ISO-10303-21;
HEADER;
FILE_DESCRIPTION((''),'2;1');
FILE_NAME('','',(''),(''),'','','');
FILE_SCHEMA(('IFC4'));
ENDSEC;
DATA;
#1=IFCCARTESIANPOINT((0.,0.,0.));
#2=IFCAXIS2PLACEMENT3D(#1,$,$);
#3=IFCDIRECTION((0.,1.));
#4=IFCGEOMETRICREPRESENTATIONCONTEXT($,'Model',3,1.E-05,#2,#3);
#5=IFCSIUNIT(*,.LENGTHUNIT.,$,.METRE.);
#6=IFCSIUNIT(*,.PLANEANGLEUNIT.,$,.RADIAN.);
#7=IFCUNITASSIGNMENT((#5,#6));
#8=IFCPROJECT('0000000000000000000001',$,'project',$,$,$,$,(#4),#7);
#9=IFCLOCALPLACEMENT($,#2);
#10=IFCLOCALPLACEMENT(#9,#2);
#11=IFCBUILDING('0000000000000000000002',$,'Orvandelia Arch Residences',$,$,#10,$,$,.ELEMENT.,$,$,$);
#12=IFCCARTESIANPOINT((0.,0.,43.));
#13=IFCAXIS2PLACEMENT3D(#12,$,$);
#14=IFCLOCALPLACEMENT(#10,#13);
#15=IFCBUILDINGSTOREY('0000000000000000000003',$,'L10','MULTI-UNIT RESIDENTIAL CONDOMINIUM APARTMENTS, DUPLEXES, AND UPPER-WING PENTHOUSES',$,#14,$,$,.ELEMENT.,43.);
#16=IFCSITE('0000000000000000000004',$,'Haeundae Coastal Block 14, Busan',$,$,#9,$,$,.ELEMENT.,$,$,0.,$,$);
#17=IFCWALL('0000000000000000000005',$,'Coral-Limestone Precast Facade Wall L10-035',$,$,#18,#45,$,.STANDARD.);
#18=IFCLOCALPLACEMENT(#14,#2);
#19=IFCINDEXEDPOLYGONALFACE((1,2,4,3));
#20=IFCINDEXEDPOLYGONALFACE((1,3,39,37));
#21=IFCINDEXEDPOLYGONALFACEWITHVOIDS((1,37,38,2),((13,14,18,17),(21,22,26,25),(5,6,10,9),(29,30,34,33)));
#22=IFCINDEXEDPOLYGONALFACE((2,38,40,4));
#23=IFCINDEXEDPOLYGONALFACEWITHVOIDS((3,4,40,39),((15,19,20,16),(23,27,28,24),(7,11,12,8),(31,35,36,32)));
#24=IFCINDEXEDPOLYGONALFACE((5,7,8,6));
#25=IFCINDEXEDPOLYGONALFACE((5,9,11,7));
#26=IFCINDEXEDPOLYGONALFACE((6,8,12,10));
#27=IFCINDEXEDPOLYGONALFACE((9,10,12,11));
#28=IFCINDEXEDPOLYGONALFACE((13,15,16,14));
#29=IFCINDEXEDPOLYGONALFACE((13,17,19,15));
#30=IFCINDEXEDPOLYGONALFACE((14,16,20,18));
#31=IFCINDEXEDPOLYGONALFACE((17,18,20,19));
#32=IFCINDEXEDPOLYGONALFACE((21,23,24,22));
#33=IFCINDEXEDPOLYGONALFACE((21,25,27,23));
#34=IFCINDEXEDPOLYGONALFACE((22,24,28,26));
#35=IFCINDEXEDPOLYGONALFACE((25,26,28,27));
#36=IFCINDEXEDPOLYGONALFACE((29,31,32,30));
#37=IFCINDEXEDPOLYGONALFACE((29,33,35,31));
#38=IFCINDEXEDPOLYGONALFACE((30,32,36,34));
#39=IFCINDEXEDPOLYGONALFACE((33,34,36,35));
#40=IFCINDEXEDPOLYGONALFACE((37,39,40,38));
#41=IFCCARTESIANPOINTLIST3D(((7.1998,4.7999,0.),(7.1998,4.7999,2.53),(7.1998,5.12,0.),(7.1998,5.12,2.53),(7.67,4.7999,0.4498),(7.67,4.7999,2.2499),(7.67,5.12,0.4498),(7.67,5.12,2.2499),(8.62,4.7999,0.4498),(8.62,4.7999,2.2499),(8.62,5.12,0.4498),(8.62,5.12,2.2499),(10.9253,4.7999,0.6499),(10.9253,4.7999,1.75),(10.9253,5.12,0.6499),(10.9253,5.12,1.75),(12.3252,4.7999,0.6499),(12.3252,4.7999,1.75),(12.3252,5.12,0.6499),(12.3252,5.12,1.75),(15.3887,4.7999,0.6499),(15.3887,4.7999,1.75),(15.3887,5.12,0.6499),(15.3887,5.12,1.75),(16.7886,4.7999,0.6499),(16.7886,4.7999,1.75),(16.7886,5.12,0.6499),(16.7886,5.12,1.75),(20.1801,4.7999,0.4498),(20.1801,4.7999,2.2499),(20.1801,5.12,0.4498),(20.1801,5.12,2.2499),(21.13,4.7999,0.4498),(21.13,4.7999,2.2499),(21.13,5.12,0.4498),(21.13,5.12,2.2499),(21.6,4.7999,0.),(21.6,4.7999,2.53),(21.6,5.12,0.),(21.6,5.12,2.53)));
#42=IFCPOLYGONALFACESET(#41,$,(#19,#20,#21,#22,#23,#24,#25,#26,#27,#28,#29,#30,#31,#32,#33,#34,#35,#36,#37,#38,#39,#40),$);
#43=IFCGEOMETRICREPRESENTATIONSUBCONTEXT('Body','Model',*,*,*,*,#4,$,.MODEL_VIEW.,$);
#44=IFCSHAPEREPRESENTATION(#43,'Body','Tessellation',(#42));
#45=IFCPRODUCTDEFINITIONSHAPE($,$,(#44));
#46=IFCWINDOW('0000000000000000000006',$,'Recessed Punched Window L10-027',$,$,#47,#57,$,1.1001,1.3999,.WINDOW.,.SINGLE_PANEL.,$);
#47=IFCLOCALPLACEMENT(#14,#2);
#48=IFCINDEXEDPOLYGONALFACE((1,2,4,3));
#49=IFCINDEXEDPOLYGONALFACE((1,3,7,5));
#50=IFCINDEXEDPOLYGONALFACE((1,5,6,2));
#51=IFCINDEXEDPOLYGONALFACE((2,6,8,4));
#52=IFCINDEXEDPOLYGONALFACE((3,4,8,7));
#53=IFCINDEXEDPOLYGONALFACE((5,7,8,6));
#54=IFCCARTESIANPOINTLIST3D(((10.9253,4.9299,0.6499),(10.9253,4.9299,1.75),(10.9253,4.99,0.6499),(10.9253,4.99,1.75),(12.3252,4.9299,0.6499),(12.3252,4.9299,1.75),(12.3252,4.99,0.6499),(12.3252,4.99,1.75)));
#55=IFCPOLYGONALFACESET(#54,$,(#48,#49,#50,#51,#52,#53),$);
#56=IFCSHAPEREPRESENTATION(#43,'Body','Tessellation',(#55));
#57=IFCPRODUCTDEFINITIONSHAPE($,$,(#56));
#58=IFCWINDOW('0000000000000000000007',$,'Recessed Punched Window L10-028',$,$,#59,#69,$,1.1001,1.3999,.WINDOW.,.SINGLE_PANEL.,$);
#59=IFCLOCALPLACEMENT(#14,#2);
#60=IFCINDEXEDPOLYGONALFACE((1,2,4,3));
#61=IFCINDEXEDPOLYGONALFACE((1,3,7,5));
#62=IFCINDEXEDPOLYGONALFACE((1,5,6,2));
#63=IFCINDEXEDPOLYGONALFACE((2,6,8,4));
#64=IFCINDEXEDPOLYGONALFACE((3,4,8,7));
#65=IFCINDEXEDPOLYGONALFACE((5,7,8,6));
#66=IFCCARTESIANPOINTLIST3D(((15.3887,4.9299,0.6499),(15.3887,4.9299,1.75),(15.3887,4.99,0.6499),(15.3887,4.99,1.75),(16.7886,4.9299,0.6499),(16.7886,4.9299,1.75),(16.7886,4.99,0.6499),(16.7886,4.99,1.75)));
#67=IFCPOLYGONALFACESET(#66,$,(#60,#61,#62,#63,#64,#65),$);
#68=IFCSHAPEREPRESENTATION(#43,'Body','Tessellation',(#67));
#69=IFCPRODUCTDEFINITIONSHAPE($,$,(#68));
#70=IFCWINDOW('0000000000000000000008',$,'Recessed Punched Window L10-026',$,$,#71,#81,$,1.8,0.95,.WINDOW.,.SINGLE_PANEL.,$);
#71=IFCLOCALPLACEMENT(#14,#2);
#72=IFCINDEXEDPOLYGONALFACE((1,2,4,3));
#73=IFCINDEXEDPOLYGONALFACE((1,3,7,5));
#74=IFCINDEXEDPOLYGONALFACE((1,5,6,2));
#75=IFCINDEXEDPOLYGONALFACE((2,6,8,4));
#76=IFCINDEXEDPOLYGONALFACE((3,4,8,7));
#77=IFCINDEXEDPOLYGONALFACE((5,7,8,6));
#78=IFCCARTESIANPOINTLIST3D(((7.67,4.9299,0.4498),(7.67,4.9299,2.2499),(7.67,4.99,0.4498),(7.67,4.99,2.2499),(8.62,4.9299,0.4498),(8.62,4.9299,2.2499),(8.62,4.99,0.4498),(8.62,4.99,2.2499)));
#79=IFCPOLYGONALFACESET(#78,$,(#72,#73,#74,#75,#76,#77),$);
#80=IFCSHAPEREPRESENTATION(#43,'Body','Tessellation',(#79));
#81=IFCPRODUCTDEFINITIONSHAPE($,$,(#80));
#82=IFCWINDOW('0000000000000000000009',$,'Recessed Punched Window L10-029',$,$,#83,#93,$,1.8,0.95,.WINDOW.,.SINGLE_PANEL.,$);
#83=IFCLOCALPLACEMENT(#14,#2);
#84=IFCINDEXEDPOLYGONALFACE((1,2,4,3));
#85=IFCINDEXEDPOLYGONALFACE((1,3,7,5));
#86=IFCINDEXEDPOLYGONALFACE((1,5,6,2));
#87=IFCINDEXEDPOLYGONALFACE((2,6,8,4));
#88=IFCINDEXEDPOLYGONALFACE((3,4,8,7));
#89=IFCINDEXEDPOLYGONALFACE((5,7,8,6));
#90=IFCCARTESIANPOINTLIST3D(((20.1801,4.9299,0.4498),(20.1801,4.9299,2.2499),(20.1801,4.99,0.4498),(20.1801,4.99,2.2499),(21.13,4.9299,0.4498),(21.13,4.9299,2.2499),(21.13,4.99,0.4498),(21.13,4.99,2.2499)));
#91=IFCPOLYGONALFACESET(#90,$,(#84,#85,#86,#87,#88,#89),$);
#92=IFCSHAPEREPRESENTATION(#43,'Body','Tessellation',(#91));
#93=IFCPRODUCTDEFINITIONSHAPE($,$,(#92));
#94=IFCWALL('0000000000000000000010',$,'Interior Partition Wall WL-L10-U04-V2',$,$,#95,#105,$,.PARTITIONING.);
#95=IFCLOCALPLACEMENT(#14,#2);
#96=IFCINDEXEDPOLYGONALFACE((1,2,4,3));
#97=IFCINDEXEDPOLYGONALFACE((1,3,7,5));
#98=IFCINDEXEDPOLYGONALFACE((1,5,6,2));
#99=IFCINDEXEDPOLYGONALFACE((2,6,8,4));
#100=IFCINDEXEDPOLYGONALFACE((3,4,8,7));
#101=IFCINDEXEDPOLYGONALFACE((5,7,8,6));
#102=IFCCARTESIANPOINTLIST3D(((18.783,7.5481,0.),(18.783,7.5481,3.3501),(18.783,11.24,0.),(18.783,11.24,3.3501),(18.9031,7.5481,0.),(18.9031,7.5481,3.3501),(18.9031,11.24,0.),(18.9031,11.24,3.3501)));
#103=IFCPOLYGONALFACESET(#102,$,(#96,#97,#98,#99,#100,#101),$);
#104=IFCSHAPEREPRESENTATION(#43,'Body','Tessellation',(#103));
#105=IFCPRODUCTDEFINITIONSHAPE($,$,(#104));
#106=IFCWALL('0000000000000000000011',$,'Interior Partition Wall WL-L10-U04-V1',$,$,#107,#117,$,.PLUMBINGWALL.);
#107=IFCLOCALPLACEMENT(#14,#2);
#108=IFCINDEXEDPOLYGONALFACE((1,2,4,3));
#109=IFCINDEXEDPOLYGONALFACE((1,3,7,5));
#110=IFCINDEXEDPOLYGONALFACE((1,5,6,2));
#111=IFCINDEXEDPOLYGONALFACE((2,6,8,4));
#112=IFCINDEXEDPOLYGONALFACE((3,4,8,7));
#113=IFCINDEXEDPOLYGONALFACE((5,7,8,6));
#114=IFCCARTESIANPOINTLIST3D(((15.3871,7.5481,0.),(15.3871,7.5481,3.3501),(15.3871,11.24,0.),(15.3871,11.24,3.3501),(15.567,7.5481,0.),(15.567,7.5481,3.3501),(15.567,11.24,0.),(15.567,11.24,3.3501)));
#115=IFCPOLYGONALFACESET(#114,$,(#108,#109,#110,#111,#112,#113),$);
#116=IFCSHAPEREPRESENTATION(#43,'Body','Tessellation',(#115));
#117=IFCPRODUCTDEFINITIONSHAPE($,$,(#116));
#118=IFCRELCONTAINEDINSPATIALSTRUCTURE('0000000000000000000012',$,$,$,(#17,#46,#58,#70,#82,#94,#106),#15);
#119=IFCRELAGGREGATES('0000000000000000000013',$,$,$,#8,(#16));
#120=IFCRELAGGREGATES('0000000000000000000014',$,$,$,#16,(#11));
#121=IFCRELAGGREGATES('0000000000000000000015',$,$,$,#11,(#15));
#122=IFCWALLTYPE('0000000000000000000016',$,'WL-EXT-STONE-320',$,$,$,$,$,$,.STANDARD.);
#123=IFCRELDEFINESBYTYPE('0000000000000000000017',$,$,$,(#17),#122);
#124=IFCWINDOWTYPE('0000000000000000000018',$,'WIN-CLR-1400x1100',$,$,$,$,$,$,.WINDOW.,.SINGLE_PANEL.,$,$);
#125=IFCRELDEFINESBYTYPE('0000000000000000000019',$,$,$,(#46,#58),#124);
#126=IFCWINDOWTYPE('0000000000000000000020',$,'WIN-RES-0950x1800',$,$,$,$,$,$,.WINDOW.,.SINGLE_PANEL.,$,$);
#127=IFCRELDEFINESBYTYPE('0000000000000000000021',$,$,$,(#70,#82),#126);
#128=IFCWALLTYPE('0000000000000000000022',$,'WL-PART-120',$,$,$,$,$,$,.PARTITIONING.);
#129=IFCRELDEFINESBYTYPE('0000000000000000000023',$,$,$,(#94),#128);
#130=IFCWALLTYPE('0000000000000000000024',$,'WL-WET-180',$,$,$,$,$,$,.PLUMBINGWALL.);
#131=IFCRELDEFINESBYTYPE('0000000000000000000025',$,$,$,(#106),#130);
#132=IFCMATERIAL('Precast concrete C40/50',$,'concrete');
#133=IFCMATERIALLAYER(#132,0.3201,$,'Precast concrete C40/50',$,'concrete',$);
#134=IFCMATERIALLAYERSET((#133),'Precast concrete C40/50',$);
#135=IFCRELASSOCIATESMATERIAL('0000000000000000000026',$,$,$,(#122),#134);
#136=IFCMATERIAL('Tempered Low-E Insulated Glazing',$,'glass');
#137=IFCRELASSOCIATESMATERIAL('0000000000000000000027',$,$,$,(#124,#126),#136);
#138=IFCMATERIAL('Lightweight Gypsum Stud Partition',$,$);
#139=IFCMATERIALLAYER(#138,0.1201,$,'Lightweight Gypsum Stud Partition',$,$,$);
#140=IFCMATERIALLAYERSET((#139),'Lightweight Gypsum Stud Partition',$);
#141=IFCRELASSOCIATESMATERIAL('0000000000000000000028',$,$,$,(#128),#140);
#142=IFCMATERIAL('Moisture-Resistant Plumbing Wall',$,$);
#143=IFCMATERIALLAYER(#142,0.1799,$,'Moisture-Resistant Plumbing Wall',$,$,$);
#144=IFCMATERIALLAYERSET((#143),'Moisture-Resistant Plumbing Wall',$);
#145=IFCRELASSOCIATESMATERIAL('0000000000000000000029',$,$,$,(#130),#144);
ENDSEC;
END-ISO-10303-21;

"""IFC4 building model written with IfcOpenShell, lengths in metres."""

from ifc_helpers import new_model, si_unit, direction, frame, frame_2d, origin, place, context, subcontext, project, spatial, rectangle, extrude, material, layer, layer_set, type_object, element, fill, save


model = new_model("IFC4")

# Units and contexts
model_context = context("Model", 3, precision=1e-05, world=origin(), true_north=direction((0.0, 1.0)))
body_context = subcontext(model_context, "Body", "Model", "MODEL_VIEW")
ifc_project = project(units=[si_unit("LENGTHUNIT", "METRE"), si_unit("PLANEANGLEUNIT", "RADIAN")], contexts=[model_context])

# Site, building, storey
site_placement = place(None, origin())
site = spatial("IfcSite", under=ifc_project, at=site_placement, Name="Haeundae Coastal Block 14, Busan", CompositionType="ELEMENT", RefElevation=0.0)
building_placement = place(site_placement, origin())
building = spatial("IfcBuilding", under=site, at=building_placement, Name="Orvandelia Arch Residences", CompositionType="ELEMENT")
storey_placement = place(building_placement, frame((0.0, 0.0, 43.0)))
storey = spatial("IfcBuildingStorey", under=building, at=storey_placement, Name="L10", Description="MULTI-UNIT RESIDENTIAL CONDOMINIUM APARTMENTS, DUPLEXES, AND UPPER-WING PENTHOUSES", CompositionType="ELEMENT", Elevation=43.0)

# Shared definitions
ifc_material_1 = material(Name="Precast concrete C40/50", Category="concrete")
ifc_layer_1 = layer(ifc_material_1, 0.3201, Name="Precast concrete C40/50", Category="concrete")
ifc_layer_set_1 = layer_set([ifc_layer_1], Name="Precast concrete C40/50")
wall_type_1 = type_object("IfcWallType", Name="WL-EXT-STONE-320", PredefinedType="STANDARD", material=ifc_layer_set_1)

# Wall, openings, windows
wall_1_placement = place(storey_placement, frame((21.6001, 4.96, 0.0), z_axis=(0.0, 0.0, 1.0), x_axis=(-1.0, 0.0, 0.0)))
wall_1 = element("IfcWall", 1, at=wall_1_placement, inside=storey, type_object=wall_type_1, Name="Coral-Limestone Precast Facade Wall L10-035", PredefinedType="STANDARD", context=body_context, shape_type="SweptSolid", body=[
    extrude(rectangle(XDim=14.4001, YDim=0.3201, at=frame_2d((7.2002, 0.0))), origin(), (0.0, 0.0, 1.0), 2.53),
])
opening_1_placement = place(wall_1_placement, frame((12.98, 0.0, 0.45)))
opening_1 = element("IfcOpeningElement", 2, at=opening_1_placement, cuts=wall_1, PredefinedType="OPENING", context=body_context, shape_type="SweptSolid", body=[
    extrude(rectangle(XDim=0.95, YDim=1.8, at=frame_2d((0.4751, 0.8999))), frame((0.0, 0.1699, 0.0), z_axis=(0.0, -1.0, 0.0), x_axis=(1.0, 0.0, 0.0)), (0.0, 0.0, 1.0), 0.3401),
])
opening_2_placement = place(wall_1_placement, frame((9.2749, 0.0, 0.6499)))
opening_2 = element("IfcOpeningElement", 3, at=opening_2_placement, cuts=wall_1, PredefinedType="OPENING", context=body_context, shape_type="SweptSolid", body=[
    extrude(rectangle(XDim=1.3999, YDim=1.1001, at=frame_2d((0.7, 0.55))), frame((0.0, 0.1699, 0.0), z_axis=(0.0, -1.0, 0.0), x_axis=(1.0, 0.0, 0.0)), (0.0, 0.0, 1.0), 0.3401),
])
opening_3_placement = place(wall_1_placement, frame((4.8115, 0.0, 0.6499)))
opening_3 = element("IfcOpeningElement", 4, at=opening_3_placement, cuts=wall_1, PredefinedType="OPENING", context=body_context, shape_type="SweptSolid", body=[
    extrude(rectangle(XDim=1.3999, YDim=1.1001, at=frame_2d((0.7, 0.55))), frame((0.0, 0.1699, 0.0), z_axis=(0.0, -1.0, 0.0), x_axis=(1.0, 0.0, 0.0)), (0.0, 0.0, 1.0), 0.3401),
])
opening_4_placement = place(wall_1_placement, frame((0.47, 0.0, 0.45)))
opening_4 = element("IfcOpeningElement", 5, at=opening_4_placement, cuts=wall_1, PredefinedType="OPENING", context=body_context, shape_type="SweptSolid", body=[
    extrude(rectangle(XDim=0.95, YDim=1.8, at=frame_2d((0.4751, 0.8999))), frame((0.0, 0.1699, 0.0), z_axis=(0.0, -1.0, 0.0), x_axis=(1.0, 0.0, 0.0)), (0.0, 0.0, 1.0), 0.3401),
])
ifc_material_2 = material(Name="Tempered Low-E Insulated Glazing", Category="glass")
window_type_1 = type_object("IfcWindowType", Name="WIN-CLR-1400x1100", PartitioningType="SINGLE_PANEL", PredefinedType="WINDOW", material=ifc_material_2)
window_1_placement = place(opening_2_placement, origin())
window_1 = element("IfcWindow", 6, at=window_1_placement, inside=storey, type_object=window_type_1, Name="Recessed Punched Window L10-027", OverallHeight=1.1001, OverallWidth=1.3999, PartitioningType="SINGLE_PANEL", PredefinedType="WINDOW", context=body_context, shape_type="SweptSolid", body=[
    extrude(rectangle(XDim=1.3999, YDim=1.1001, at=frame_2d((0.7, 0.55))), frame((0.0, 0.03, 0.0), z_axis=(0.0, -1.0, 0.0), x_axis=(1.0, 0.0, 0.0)), (0.0, 0.0, 1.0), 0.0601),
])
fill(opening_2, window_1)
window_2_placement = place(opening_3_placement, origin())
window_2 = element("IfcWindow", 7, at=window_2_placement, inside=storey, type_object=window_type_1, Name="Recessed Punched Window L10-028", OverallHeight=1.1001, OverallWidth=1.3999, PartitioningType="SINGLE_PANEL", PredefinedType="WINDOW", context=body_context, shape_type="SweptSolid", body=[
    extrude(rectangle(XDim=1.3999, YDim=1.1001, at=frame_2d((0.7, 0.55))), frame((0.0, 0.03, 0.0), z_axis=(0.0, -1.0, 0.0), x_axis=(1.0, 0.0, 0.0)), (0.0, 0.0, 1.0), 0.0601),
])
fill(opening_3, window_2)
window_type_2 = type_object("IfcWindowType", Name="WIN-RES-0950x1800", PartitioningType="SINGLE_PANEL", PredefinedType="WINDOW", material=ifc_material_2)
window_3_placement = place(opening_1_placement, origin())
window_3 = element("IfcWindow", 8, at=window_3_placement, inside=storey, type_object=window_type_2, Name="Recessed Punched Window L10-026", OverallHeight=1.8, OverallWidth=0.95, PartitioningType="SINGLE_PANEL", PredefinedType="WINDOW", context=body_context, shape_type="SweptSolid", body=[
    extrude(rectangle(XDim=0.95, YDim=1.8, at=frame_2d((0.4751, 0.8999))), frame((0.0, 0.03, 0.0), z_axis=(0.0, -1.0, 0.0), x_axis=(1.0, 0.0, 0.0)), (0.0, 0.0, 1.0), 0.0601),
])
fill(opening_1, window_3)
window_4_placement = place(opening_4_placement, origin())
window_4 = element("IfcWindow", 9, at=window_4_placement, inside=storey, type_object=window_type_2, Name="Recessed Punched Window L10-029", OverallHeight=1.8, OverallWidth=0.95, PartitioningType="SINGLE_PANEL", PredefinedType="WINDOW", context=body_context, shape_type="SweptSolid", body=[
    extrude(rectangle(XDim=0.95, YDim=1.8, at=frame_2d((0.4751, 0.8999))), frame((0.0, 0.03, 0.0), z_axis=(0.0, -1.0, 0.0), x_axis=(1.0, 0.0, 0.0)), (0.0, 0.0, 1.0), 0.0601),
])
fill(opening_4, window_4)

# Wall
ifc_material_3 = material(Name="Lightweight Gypsum Stud Partition")
ifc_layer_2 = layer(ifc_material_3, 0.1201, Name="Lightweight Gypsum Stud Partition")
ifc_layer_set_2 = layer_set([ifc_layer_2], Name="Lightweight Gypsum Stud Partition")
wall_type_2 = type_object("IfcWallType", Name="WL-PART-120", PredefinedType="PARTITIONING", material=ifc_layer_set_2)
wall_2_placement = place(storey_placement, frame((18.843, 7.5481, 0.0), z_axis=(0.0, 0.0, 1.0), x_axis=(0.0, 1.0, 0.0)))
element("IfcWall", 10, at=wall_2_placement, inside=storey, type_object=wall_type_2, Name="Interior Partition Wall WL-L10-U04-V2", PredefinedType="PARTITIONING", context=body_context, shape_type="SweptSolid", body=[
    extrude(rectangle(XDim=3.6919, YDim=0.1201, at=frame_2d((1.8459, 0.0))), origin(), (0.0, 0.0, 1.0), 3.3501),
])

# Wall
ifc_material_4 = material(Name="Moisture-Resistant Plumbing Wall")
ifc_layer_3 = layer(ifc_material_4, 0.1799, Name="Moisture-Resistant Plumbing Wall")
ifc_layer_set_3 = layer_set([ifc_layer_3], Name="Moisture-Resistant Plumbing Wall")
wall_type_3 = type_object("IfcWallType", Name="WL-WET-180", PredefinedType="PLUMBINGWALL", material=ifc_layer_set_3)
wall_3_placement = place(storey_placement, frame((15.4771, 7.5481, 0.0), z_axis=(0.0, 0.0, 1.0), x_axis=(0.0, 1.0, 0.0)))
element("IfcWall", 11, at=wall_3_placement, inside=storey, type_object=wall_type_3, Name="Interior Partition Wall WL-L10-U04-V1", PredefinedType="PLUMBINGWALL", context=body_context, shape_type="SweptSolid", body=[
    extrude(rectangle(XDim=3.6919, YDim=0.1799, at=frame_2d((1.8459, 0.0))), origin(), (0.0, 0.0, 1.0), 3.3501),
])

save(model, "model.ifc")
